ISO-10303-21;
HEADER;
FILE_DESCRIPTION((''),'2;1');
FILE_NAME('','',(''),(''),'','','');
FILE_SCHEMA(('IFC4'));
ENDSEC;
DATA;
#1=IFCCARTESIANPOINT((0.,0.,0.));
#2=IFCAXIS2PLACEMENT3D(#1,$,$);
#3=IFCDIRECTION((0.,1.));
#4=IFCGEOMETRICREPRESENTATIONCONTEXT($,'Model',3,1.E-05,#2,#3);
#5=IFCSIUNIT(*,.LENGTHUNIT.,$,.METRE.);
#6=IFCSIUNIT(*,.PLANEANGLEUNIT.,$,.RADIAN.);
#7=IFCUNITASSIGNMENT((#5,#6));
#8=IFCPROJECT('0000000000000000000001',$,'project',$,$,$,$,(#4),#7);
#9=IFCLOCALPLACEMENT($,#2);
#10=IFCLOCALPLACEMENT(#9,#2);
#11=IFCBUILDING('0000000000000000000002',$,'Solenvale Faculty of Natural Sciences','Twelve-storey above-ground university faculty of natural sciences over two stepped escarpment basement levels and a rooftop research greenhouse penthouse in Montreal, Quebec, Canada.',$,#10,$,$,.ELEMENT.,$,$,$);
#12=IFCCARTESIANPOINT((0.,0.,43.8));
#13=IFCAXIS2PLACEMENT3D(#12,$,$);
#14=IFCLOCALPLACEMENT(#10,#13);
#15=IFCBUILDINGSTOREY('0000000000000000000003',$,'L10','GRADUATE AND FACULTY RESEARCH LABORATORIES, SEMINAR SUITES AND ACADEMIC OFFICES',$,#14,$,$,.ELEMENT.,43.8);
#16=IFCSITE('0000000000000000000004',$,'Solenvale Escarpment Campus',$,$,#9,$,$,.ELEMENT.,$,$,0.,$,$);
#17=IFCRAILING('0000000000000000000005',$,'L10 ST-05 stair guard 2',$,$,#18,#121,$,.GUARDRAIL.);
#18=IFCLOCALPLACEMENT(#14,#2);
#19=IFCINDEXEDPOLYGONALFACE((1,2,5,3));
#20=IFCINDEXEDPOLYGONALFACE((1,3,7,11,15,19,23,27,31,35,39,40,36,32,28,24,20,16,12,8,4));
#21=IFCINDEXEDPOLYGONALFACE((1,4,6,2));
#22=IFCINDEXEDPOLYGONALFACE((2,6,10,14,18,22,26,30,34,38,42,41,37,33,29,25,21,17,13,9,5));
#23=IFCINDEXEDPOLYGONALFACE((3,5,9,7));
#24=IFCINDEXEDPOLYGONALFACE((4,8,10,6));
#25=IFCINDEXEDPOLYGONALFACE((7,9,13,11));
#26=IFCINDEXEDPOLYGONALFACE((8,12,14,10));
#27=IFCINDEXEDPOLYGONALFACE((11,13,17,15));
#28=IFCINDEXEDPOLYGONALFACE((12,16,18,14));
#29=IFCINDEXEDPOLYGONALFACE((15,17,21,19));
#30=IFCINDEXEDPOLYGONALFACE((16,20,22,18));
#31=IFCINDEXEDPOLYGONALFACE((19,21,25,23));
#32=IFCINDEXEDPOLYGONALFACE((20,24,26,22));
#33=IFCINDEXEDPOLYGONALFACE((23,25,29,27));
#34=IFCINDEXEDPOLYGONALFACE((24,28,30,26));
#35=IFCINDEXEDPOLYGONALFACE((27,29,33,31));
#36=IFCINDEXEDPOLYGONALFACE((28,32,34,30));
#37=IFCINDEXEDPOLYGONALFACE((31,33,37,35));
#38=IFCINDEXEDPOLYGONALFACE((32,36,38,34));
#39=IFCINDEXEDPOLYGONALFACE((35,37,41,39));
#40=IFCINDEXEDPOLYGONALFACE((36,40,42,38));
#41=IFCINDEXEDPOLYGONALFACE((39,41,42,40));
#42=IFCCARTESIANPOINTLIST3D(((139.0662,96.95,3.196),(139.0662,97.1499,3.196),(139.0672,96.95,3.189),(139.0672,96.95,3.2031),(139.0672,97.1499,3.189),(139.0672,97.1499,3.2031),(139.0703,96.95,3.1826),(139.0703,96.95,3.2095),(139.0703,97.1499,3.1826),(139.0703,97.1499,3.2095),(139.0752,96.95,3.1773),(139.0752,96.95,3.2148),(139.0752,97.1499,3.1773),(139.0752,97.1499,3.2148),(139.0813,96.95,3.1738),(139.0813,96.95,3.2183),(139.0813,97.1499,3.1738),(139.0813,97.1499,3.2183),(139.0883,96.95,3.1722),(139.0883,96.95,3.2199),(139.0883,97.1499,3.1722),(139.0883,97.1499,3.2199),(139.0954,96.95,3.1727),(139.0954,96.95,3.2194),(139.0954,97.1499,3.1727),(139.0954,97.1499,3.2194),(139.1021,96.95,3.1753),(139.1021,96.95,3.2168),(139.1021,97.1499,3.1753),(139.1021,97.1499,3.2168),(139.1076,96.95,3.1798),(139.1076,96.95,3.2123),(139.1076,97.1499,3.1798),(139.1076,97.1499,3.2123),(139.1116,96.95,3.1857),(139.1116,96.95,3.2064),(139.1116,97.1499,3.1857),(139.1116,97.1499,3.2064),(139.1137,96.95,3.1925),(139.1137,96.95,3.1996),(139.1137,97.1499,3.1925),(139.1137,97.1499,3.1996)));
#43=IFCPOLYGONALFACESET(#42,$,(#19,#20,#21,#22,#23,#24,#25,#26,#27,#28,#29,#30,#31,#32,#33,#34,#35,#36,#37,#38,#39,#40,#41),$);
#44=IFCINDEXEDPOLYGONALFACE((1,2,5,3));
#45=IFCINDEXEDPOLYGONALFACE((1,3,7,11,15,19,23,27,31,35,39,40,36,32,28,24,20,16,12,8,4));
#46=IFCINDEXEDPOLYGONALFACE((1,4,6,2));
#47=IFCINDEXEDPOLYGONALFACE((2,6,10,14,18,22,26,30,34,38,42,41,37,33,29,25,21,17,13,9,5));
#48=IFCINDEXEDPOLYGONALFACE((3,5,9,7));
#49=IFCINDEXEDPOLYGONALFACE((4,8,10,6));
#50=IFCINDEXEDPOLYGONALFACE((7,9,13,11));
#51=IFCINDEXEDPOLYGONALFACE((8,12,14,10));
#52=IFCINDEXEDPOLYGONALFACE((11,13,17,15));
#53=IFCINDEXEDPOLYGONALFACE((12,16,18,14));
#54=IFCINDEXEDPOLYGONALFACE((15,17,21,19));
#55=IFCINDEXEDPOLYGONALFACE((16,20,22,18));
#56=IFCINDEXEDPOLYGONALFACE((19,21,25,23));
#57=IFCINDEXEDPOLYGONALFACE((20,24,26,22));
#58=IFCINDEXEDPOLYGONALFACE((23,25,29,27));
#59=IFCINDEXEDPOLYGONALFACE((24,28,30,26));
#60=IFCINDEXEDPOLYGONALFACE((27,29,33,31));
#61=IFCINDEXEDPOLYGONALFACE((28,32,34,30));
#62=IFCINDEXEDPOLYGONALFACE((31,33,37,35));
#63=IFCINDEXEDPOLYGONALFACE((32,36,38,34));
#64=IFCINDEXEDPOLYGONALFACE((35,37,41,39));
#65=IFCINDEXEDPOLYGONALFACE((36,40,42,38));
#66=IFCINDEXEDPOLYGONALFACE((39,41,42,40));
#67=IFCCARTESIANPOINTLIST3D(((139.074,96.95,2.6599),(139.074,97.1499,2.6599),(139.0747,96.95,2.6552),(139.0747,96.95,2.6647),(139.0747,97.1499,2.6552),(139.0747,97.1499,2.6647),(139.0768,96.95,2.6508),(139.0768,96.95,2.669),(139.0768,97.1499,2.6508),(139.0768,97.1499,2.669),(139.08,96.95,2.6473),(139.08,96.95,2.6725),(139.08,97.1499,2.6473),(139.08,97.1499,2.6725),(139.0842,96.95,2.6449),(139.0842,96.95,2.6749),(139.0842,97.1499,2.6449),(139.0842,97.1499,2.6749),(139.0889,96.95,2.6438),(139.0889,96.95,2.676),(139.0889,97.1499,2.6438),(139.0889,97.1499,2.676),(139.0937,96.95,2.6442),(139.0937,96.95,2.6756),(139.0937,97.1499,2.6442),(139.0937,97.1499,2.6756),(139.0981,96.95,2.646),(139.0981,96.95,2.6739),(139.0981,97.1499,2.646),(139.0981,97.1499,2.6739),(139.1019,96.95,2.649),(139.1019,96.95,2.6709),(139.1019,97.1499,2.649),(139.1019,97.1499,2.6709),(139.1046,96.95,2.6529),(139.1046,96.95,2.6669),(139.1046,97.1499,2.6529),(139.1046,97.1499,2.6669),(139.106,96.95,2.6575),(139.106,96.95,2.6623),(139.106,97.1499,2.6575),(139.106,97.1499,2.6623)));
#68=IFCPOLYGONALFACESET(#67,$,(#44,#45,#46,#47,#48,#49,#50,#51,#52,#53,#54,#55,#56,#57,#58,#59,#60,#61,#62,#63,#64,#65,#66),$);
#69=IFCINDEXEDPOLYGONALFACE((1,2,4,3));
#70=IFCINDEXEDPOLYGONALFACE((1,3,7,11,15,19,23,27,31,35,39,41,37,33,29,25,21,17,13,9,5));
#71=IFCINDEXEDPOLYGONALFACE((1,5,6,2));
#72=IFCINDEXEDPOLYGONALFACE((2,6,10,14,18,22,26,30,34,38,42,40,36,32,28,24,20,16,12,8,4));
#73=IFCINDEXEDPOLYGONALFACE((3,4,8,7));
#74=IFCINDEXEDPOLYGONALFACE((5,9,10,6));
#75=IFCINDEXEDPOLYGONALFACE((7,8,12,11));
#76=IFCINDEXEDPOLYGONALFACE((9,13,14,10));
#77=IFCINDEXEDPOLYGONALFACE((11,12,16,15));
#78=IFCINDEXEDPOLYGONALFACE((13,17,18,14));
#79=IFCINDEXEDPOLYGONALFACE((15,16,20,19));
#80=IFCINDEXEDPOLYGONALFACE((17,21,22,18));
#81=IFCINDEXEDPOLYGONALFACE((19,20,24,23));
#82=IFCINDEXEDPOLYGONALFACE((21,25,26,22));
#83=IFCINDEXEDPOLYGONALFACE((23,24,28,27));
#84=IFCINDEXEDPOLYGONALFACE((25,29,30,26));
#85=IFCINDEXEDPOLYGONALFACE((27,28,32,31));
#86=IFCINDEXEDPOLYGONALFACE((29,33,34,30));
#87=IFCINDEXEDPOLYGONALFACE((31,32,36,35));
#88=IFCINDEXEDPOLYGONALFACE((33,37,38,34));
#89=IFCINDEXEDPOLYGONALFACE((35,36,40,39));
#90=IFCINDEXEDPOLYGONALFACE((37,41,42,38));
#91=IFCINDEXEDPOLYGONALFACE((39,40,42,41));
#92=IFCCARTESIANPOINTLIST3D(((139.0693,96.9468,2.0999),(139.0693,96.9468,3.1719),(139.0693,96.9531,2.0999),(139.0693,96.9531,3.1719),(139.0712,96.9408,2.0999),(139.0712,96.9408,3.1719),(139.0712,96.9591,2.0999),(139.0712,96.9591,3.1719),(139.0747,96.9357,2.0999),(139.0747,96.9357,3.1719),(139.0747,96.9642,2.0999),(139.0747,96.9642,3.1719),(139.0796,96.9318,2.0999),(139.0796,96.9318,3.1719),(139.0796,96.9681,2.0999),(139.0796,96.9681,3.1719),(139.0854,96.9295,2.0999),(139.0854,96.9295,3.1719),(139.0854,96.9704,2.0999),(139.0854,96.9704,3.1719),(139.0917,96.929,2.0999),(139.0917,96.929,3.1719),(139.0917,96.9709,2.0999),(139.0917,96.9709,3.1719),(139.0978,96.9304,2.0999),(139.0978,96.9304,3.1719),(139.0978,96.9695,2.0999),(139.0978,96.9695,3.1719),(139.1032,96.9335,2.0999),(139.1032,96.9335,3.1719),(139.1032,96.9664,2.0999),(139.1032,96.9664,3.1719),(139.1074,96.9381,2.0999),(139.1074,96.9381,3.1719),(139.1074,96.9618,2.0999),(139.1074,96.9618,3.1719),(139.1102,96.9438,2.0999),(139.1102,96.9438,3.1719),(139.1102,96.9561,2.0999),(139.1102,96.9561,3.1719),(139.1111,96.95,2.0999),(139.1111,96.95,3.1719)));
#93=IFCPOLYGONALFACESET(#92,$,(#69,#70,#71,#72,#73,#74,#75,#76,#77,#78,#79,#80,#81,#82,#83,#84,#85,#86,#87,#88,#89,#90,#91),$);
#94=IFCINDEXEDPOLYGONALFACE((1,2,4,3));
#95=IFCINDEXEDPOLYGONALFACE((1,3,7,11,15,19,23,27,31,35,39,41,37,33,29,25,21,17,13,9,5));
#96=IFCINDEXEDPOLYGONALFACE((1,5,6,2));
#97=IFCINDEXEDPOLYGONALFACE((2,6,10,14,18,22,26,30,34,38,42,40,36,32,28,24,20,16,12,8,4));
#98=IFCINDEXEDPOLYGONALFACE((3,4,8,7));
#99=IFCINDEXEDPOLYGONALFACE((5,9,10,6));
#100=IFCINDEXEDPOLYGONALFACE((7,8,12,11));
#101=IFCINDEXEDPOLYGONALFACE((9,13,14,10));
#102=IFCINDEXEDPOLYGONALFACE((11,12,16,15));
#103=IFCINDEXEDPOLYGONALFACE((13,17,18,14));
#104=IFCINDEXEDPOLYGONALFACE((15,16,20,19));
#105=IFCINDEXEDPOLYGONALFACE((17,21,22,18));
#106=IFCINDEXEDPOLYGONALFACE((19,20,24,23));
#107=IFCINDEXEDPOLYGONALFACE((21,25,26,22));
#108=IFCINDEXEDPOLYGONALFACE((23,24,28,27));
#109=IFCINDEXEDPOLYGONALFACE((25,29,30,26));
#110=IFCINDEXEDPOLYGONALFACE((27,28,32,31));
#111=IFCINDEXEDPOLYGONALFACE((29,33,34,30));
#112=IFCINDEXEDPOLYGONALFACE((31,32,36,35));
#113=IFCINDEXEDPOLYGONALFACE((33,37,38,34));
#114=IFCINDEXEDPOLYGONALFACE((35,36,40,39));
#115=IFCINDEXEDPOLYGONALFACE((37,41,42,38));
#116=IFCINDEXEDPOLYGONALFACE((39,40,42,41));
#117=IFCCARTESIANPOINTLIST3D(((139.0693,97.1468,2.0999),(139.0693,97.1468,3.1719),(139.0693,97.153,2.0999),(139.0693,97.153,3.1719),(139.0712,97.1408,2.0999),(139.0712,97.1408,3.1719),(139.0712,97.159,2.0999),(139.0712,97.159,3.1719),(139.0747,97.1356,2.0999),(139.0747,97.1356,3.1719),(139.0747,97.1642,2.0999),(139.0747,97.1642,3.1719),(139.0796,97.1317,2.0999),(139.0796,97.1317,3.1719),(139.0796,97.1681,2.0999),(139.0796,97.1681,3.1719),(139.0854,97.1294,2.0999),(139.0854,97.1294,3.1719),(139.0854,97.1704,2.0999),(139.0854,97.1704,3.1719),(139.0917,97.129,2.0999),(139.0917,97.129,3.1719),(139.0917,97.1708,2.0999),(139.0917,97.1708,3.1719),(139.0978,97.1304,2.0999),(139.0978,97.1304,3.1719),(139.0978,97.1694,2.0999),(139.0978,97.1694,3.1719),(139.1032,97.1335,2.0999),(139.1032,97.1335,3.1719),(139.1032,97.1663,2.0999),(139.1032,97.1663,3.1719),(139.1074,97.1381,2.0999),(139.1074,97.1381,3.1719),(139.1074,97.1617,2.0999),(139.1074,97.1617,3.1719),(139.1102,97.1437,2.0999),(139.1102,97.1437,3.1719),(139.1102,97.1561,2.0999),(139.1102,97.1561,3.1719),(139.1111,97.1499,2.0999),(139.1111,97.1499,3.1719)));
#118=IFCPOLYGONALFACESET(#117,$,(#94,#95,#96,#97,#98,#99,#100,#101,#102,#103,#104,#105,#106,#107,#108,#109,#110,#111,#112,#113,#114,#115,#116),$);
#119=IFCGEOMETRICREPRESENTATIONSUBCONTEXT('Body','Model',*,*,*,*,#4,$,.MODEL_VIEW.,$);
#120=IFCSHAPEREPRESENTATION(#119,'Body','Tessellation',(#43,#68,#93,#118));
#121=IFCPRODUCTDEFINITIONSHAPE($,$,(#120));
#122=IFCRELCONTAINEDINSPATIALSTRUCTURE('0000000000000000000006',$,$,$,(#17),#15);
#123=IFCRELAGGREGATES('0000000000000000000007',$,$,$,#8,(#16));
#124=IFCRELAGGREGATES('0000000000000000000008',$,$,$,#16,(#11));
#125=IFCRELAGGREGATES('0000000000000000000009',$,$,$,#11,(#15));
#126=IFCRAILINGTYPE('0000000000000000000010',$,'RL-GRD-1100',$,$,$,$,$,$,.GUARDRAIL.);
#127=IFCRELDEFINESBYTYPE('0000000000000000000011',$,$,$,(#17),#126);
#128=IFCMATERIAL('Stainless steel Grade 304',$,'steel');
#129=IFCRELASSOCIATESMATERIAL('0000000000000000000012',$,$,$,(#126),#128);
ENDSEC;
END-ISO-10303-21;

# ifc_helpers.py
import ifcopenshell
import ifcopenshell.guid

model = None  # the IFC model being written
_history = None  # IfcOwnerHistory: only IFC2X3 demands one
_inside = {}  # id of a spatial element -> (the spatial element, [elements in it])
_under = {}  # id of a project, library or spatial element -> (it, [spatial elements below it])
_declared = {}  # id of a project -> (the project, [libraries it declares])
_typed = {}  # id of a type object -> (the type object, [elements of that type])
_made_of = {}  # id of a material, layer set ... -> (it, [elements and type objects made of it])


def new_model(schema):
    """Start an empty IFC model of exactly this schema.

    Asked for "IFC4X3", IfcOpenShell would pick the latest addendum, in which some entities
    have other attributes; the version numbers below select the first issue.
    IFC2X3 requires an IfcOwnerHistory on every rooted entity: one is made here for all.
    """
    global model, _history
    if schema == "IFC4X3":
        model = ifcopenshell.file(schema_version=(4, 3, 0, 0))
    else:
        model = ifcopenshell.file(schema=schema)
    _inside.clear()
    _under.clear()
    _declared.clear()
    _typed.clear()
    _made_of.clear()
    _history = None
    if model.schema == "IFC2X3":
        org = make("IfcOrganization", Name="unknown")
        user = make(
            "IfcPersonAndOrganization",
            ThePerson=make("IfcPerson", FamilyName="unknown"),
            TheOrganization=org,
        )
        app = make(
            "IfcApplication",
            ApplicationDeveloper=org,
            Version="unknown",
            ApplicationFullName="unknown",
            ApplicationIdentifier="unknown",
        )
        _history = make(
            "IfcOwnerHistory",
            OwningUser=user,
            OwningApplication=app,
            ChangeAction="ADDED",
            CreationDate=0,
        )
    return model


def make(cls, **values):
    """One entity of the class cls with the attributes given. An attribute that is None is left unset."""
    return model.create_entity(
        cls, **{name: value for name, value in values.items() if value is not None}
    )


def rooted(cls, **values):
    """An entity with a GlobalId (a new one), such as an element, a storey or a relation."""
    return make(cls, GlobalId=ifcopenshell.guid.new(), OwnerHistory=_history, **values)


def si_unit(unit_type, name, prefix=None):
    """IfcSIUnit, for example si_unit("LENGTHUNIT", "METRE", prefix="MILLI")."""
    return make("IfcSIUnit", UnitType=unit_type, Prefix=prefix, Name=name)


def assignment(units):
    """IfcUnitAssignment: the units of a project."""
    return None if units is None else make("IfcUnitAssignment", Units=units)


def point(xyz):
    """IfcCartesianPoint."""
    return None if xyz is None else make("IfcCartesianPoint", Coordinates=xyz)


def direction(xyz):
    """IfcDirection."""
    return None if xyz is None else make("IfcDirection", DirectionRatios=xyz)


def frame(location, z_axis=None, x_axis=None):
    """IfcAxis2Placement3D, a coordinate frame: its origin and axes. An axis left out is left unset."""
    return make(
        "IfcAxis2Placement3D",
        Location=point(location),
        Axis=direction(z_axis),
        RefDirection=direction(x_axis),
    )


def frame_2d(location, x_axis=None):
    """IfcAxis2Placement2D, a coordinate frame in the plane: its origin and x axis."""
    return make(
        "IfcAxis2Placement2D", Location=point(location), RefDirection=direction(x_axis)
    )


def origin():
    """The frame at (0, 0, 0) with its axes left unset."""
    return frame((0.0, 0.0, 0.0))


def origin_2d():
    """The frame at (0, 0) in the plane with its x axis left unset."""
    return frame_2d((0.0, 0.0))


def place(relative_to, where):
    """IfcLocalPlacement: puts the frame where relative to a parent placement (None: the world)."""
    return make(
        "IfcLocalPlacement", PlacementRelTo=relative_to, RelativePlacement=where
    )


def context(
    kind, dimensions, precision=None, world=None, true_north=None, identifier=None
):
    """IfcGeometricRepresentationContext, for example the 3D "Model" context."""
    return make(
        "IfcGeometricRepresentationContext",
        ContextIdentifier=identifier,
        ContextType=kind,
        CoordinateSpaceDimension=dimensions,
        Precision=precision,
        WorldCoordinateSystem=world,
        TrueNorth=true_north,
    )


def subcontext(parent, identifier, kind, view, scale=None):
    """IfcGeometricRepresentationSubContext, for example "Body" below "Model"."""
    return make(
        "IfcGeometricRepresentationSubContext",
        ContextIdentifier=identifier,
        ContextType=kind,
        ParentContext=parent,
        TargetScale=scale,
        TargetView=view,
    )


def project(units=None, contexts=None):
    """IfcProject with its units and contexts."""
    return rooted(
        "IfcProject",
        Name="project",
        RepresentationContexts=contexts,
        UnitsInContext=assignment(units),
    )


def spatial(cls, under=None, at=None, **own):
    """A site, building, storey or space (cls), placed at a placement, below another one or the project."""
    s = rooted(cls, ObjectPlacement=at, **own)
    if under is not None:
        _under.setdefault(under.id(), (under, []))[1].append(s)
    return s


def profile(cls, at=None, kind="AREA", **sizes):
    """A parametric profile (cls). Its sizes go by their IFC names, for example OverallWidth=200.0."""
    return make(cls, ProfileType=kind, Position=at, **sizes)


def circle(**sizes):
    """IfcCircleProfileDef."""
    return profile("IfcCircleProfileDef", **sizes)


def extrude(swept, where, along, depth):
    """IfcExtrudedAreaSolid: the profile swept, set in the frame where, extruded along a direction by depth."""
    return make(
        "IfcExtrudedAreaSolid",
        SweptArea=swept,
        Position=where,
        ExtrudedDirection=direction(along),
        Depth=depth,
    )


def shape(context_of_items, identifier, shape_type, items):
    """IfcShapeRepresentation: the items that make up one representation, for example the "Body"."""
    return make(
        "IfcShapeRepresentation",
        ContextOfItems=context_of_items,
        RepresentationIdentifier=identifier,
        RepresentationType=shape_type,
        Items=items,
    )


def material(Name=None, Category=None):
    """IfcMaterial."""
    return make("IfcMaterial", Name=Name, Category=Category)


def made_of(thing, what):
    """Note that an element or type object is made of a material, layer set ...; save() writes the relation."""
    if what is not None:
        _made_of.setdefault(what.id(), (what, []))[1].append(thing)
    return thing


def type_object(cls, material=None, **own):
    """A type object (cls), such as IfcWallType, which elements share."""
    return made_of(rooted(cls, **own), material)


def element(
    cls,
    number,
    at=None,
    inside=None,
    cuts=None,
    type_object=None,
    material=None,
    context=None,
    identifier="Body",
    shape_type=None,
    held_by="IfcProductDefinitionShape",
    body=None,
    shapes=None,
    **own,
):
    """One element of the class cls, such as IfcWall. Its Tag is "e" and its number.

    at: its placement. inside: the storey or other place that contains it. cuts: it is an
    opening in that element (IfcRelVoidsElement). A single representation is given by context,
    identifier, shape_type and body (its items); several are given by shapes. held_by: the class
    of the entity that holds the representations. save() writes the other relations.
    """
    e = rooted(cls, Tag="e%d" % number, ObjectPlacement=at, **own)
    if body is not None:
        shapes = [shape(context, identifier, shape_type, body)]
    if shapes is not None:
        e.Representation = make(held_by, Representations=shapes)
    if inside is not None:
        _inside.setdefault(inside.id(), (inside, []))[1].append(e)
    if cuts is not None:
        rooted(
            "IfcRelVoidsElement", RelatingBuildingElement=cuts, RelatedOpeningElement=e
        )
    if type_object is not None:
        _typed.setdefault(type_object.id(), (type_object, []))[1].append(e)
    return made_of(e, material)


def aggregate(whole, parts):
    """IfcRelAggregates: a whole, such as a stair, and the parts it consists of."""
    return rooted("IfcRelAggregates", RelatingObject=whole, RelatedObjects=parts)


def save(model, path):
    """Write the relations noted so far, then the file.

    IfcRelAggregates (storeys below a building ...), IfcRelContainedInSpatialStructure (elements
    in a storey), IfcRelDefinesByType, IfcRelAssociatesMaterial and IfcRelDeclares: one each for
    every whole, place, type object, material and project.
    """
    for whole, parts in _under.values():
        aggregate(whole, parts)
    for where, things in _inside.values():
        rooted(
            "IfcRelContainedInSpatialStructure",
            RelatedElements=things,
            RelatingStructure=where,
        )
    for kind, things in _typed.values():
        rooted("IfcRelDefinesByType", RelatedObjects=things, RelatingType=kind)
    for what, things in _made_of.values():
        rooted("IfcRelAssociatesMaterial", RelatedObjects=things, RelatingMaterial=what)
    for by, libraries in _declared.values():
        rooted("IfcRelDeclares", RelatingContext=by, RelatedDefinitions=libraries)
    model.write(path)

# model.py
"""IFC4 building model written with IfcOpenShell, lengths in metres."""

from ifc_helpers import new_model, si_unit, direction, frame, origin, origin_2d, place, context, subcontext, project, spatial, circle, extrude, material, type_object, element, save


model = new_model("IFC4")

# Units and contexts
model_context = context("Model", 3, precision=1e-05, world=origin(), true_north=direction((0.0, 1.0)))
body_context = subcontext(model_context, "Body", "Model", "MODEL_VIEW")
ifc_project = project(units=[si_unit("LENGTHUNIT", "METRE"), si_unit("PLANEANGLEUNIT", "RADIAN")], contexts=[model_context])

# Site, building, storey
site_placement = place(None, origin())
site = spatial("IfcSite", under=ifc_project, at=site_placement, Name="Solenvale Escarpment Campus", CompositionType="ELEMENT", RefElevation=0.0)
building_placement = place(site_placement, origin())
building = spatial("IfcBuilding", under=site, at=building_placement, Name="Solenvale Faculty of Natural Sciences", Description="Twelve-storey above-ground university faculty of natural sciences over two stepped escarpment basement levels and a rooftop research greenhouse penthouse in Montreal, Quebec, Canada.", CompositionType="ELEMENT")
storey_placement = place(building_placement, frame((0.0, 0.0, 43.8)))
storey = spatial("IfcBuildingStorey", under=building, at=storey_placement, Name="L10", Description="GRADUATE AND FACULTY RESEARCH LABORATORIES, SEMINAR SUITES AND ACADEMIC OFFICES", CompositionType="ELEMENT", Elevation=43.8)

# Railing
ifc_material_1 = material(Name="Stainless steel Grade 304", Category="steel")
railing_type_1 = type_object("IfcRailingType", Name="RL-GRD-1100", PredefinedType="GUARDRAIL", material=ifc_material_1)
railing_1_placement = place(storey_placement, frame((139.0901, 96.95, 2.0999)))
element("IfcRailing", 1, at=railing_1_placement, inside=storey, type_object=railing_type_1, Name="L10 ST-05 stair guard 2", PredefinedType="GUARDRAIL", context=body_context, shape_type="SweptSolid", body=[
    extrude(circle(Radius=0.0239, at=origin_2d()), frame((0.0, 0.0, 1.0962), z_axis=(0.0, 1.0, 0.0), x_axis=(-1.0, 0.0, 0.0)), (0.0, 0.0, 1.0), 0.2),
    extrude(circle(Radius=0.0161, at=origin_2d()), frame((0.0, 0.0, 0.5601), z_axis=(0.0, 1.0, 0.0), x_axis=(-1.0, 0.0, 0.0)), (0.0, 0.0, 1.0), 0.2),
    extrude(circle(Radius=0.021, at=origin_2d()), origin(), (0.0, 0.0, 1.0), 1.072),
    extrude(circle(Radius=0.021, at=origin_2d()), frame((0.0, 0.2, 0.0)), (0.0, 0.0, 1.0), 1.072),
])

save(model, "model.ifc")
